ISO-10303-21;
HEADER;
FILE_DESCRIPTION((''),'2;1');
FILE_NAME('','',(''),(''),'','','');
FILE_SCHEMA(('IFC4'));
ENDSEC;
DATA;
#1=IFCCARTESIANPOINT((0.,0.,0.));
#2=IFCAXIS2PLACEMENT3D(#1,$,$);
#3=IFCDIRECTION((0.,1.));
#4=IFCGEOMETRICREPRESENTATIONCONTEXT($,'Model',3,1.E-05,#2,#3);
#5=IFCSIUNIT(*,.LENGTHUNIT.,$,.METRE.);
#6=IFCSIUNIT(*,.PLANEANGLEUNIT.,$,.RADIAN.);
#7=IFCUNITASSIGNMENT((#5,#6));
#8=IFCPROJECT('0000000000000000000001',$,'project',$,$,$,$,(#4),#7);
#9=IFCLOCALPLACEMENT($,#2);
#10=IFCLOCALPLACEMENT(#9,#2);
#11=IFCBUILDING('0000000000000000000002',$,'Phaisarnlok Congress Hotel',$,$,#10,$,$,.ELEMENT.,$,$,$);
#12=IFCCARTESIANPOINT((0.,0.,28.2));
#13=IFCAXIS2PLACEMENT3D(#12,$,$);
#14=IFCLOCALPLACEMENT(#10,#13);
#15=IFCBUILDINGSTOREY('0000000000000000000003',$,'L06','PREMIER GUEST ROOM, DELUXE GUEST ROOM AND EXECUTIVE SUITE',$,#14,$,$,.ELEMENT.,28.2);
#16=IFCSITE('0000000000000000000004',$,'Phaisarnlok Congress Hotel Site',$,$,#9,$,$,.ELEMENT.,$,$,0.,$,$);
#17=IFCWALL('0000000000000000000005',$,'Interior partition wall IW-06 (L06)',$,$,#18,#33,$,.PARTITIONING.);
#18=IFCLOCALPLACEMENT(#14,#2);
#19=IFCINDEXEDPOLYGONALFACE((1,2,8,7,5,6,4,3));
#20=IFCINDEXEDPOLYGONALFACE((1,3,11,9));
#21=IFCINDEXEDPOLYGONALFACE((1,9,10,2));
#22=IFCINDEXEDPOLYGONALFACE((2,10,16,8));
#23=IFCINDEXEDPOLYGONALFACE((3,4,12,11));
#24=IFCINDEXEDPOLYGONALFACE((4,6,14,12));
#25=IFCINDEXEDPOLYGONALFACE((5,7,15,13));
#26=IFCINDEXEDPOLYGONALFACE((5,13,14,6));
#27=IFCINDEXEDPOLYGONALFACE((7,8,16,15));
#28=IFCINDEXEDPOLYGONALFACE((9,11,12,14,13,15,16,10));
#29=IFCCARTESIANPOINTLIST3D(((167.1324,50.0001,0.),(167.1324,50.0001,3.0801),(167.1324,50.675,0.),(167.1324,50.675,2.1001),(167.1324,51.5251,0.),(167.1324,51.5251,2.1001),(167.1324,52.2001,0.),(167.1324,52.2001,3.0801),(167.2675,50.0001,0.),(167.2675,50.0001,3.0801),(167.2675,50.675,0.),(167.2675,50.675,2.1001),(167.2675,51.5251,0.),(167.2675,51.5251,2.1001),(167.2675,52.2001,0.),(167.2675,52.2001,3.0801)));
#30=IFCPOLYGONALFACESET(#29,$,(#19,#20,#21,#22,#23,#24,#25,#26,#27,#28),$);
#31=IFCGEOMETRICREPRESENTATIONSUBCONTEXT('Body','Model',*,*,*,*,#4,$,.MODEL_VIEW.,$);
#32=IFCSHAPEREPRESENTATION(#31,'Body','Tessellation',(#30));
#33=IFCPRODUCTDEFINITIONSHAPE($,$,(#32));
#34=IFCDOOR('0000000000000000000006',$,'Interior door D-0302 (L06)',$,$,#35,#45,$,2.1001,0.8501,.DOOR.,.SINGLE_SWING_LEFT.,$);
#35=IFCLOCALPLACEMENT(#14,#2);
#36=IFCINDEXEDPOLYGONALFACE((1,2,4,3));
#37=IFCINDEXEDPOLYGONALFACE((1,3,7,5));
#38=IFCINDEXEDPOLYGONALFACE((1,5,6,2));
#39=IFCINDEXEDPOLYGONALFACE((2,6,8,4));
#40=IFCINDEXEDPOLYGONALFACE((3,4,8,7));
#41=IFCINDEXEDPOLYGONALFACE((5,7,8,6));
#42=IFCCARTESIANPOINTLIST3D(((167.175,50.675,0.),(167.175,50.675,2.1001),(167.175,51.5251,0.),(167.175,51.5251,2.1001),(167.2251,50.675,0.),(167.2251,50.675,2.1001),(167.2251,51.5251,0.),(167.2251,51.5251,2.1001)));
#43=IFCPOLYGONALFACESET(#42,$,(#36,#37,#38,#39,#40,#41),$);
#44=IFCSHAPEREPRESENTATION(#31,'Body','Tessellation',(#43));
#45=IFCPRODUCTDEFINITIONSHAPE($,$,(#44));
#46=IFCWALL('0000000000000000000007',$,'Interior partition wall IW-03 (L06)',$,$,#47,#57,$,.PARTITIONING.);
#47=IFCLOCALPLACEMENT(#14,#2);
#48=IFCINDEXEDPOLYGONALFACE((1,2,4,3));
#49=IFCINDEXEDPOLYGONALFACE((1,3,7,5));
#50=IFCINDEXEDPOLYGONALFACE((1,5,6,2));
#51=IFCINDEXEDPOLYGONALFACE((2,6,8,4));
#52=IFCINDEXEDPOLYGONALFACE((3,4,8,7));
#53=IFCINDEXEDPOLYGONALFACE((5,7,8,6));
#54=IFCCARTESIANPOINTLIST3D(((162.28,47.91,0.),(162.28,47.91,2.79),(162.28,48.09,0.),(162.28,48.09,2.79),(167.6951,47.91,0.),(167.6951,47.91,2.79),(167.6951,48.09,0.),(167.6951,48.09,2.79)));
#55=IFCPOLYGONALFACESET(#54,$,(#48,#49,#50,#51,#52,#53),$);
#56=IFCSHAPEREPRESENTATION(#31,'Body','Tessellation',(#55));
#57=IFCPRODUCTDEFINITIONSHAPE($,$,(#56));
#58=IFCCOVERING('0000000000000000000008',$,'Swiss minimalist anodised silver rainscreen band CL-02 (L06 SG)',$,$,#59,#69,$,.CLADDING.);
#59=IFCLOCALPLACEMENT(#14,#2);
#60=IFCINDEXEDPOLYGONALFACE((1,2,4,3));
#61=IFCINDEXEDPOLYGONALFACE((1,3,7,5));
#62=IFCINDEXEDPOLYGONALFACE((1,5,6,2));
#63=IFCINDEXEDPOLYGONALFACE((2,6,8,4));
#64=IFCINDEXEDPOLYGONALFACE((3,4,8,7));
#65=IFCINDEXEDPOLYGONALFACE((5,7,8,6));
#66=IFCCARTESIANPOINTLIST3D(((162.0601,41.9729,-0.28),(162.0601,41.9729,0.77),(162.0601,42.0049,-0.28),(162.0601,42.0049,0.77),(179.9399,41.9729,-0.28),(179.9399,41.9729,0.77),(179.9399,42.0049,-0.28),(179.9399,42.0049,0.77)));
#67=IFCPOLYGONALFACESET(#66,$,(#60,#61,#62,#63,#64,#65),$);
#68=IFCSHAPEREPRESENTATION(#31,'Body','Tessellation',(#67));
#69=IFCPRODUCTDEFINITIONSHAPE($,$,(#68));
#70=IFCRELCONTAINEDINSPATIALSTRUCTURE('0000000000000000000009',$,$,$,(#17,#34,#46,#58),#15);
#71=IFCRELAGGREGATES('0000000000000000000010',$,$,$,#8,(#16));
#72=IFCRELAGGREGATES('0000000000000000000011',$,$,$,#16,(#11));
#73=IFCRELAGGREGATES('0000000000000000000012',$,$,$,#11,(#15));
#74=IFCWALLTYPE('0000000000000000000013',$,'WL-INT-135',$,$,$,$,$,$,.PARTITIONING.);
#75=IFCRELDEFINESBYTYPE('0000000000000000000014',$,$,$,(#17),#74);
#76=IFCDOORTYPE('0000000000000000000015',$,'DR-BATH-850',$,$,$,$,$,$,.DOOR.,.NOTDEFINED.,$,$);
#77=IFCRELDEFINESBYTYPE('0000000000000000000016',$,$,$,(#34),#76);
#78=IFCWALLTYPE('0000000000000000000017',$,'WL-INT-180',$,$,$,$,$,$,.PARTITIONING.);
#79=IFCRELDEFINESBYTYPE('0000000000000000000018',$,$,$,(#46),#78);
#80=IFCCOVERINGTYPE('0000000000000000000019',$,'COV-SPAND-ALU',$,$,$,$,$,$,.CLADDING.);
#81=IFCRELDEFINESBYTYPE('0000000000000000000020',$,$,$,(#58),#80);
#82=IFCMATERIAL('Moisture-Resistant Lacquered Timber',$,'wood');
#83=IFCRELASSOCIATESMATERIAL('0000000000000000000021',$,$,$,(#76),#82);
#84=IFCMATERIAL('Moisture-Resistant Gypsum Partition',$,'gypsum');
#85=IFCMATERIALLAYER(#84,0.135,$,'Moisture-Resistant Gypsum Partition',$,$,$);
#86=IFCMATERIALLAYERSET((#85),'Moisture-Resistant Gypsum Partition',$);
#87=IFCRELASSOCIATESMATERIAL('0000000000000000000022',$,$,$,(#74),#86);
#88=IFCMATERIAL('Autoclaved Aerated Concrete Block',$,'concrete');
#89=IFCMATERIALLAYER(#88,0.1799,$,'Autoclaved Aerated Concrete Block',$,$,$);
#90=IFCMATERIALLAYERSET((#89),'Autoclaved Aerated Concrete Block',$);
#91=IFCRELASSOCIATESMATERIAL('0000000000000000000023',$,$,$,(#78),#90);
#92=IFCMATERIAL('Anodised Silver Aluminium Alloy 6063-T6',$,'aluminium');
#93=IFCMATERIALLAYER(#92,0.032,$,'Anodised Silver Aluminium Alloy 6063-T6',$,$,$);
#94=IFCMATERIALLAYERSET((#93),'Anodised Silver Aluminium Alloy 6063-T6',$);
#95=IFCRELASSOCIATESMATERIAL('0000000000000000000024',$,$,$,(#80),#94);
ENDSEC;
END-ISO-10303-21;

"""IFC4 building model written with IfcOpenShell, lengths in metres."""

from ifc_helpers import new_model, si_unit, direction, frame, frame_2d, origin, place, context, subcontext, project, spatial, polyline, rectangle, outline, extrude, material, layer, layer_set, type_object, element, fill, save


model = new_model("IFC4")

# Units and contexts
model_context = context("Model", 3, precision=1e-05, world=origin(), true_north=direction((0.0, 1.0)))
body_context = subcontext(model_context, "Body", "Model", "MODEL_VIEW")
ifc_project = project(units=[si_unit("LENGTHUNIT", "METRE"), si_unit("PLANEANGLEUNIT", "RADIAN")], contexts=[model_context])

# Site, building, storey
site_placement = place(None, origin())
site = spatial("IfcSite", under=ifc_project, at=site_placement, Name="Phaisarnlok Congress Hotel Site", CompositionType="ELEMENT", RefElevation=0.0)
building_placement = place(site_placement, origin())
building = spatial("IfcBuilding", under=site, at=building_placement, Name="Phaisarnlok Congress Hotel", CompositionType="ELEMENT")
storey_placement = place(building_placement, frame((0.0, 0.0, 28.2)))
storey = spatial("IfcBuildingStorey", under=building, at=storey_placement, Name="L06", Description="PREMIER GUEST ROOM, DELUXE GUEST ROOM AND EXECUTIVE SUITE", CompositionType="ELEMENT", Elevation=28.2)

# Shared definitions
ifc_material_1 = material(Name="Moisture-Resistant Lacquered Timber", Category="wood")
door_type = type_object("IfcDoorType", Name="DR-BATH-850", OperationType="NOTDEFINED", PredefinedType="DOOR", material=ifc_material_1)

# Wall, opening, door
ifc_material_2 = material(Name="Moisture-Resistant Gypsum Partition", Category="gypsum")
ifc_layer_1 = layer(ifc_material_2, 0.135, Name="Moisture-Resistant Gypsum Partition")
ifc_layer_set_1 = layer_set([ifc_layer_1], Name="Moisture-Resistant Gypsum Partition")
wall_type_1 = type_object("IfcWallType", Name="WL-INT-135", PredefinedType="PARTITIONING", material=ifc_layer_set_1)
wall_1_placement = place(storey_placement, frame((167.2, 50.0, 0.0), z_axis=(0.0, 0.0, 1.0), x_axis=(0.0, 1.0, 0.0)))
wall_1 = element("IfcWall", 1, at=wall_1_placement, inside=storey, type_object=wall_type_1, Name="Interior partition wall IW-06 (L06)", PredefinedType="PARTITIONING", context=body_context, shape_type="SweptSolid", body=[
    extrude(rectangle(XDim=2.2, YDim=0.135, at=frame_2d((1.1001, 0.0))), origin(), (0.0, 0.0, 1.0), 3.0801),
])
opening_1_placement = place(wall_1_placement, frame((0.675, 0.0, 0.0)))
opening_1 = element("IfcOpeningElement", 2, at=opening_1_placement, cuts=wall_1, PredefinedType="OPENING", context=body_context, shape_type="SweptSolid", body=[
    extrude(rectangle(XDim=0.8501, YDim=2.1001, at=frame_2d((0.425, 1.05))), frame((0.0, 0.0776, 0.0), z_axis=(0.0, -1.0, 0.0), x_axis=(1.0, 0.0, 0.0)), (0.0, 0.0, 1.0), 0.155),
])
door_1_placement = place(opening_1_placement, origin())
door_1 = element("IfcDoor", 3, at=door_1_placement, inside=storey, type_object=door_type, Name="Interior door D-0302 (L06)", OperationType="SINGLE_SWING_LEFT", OverallHeight=2.1001, OverallWidth=0.8501, PredefinedType="DOOR", context=body_context, shape_type="SweptSolid", body=[
    extrude(rectangle(XDim=0.8501, YDim=2.1001, at=frame_2d((0.425, 1.05))), frame((0.0, 0.0249, 0.0), z_axis=(0.0, -1.0, 0.0), x_axis=(1.0, 0.0, 0.0)), (0.0, 0.0, 1.0), 0.05),
])
fill(opening_1, door_1)

# Wall
ifc_material_3 = material(Name="Autoclaved Aerated Concrete Block", Category="concrete")
ifc_layer_2 = layer(ifc_material_3, 0.1799, Name="Autoclaved Aerated Concrete Block")
ifc_layer_set_2 = layer_set([ifc_layer_2], Name="Autoclaved Aerated Concrete Block")
wall_type_2 = type_object("IfcWallType", Name="WL-INT-180", PredefinedType="PARTITIONING", material=ifc_layer_set_2)
wall_2_placement = place(storey_placement, frame((162.28, 48.0, 0.0), z_axis=(0.0, 0.0, 1.0), x_axis=(1.0, 0.0, 0.0)))
element("IfcWall", 4, at=wall_2_placement, inside=storey, type_object=wall_type_2, Name="Interior partition wall IW-03 (L06)", PredefinedType="PARTITIONING", context=body_context, shape_type="SweptSolid", body=[
    extrude(rectangle(XDim=5.415, YDim=0.1799, at=frame_2d((2.7075, 0.0))), origin(), (0.0, 0.0, 1.0), 2.79),
])

# Covering
ifc_material_4 = material(Name="Anodised Silver Aluminium Alloy 6063-T6", Category="aluminium")
ifc_layer_3 = layer(ifc_material_4, 0.032, Name="Anodised Silver Aluminium Alloy 6063-T6")
ifc_layer_set_3 = layer_set([ifc_layer_3], Name="Anodised Silver Aluminium Alloy 6063-T6")
covering_type = type_object("IfcCoveringType", Name="COV-SPAND-ALU", PredefinedType="CLADDING", material=ifc_layer_set_3)
covering_placement = place(storey_placement, frame((162.0601, 42.0049, -0.28), z_axis=(0.0, -1.0, 0.0), x_axis=(1.0, 0.0, 0.0)))
element("IfcCovering", 5, at=covering_placement, inside=storey, type_object=covering_type, Name="Swiss minimalist anodised silver rainscreen band CL-02 (L06 SG)", PredefinedType="CLADDING", context=body_context, shape_type="SweptSolid", body=[
    extrude(outline(polyline([(0.0, 0.0), (17.8799, 0.0), (17.8799, 1.05), (0.0, 1.05), (0.0, 0.0)])), origin(), (0.0, 0.0, 1.0), 0.032),
])

save(model, "model.ifc")
